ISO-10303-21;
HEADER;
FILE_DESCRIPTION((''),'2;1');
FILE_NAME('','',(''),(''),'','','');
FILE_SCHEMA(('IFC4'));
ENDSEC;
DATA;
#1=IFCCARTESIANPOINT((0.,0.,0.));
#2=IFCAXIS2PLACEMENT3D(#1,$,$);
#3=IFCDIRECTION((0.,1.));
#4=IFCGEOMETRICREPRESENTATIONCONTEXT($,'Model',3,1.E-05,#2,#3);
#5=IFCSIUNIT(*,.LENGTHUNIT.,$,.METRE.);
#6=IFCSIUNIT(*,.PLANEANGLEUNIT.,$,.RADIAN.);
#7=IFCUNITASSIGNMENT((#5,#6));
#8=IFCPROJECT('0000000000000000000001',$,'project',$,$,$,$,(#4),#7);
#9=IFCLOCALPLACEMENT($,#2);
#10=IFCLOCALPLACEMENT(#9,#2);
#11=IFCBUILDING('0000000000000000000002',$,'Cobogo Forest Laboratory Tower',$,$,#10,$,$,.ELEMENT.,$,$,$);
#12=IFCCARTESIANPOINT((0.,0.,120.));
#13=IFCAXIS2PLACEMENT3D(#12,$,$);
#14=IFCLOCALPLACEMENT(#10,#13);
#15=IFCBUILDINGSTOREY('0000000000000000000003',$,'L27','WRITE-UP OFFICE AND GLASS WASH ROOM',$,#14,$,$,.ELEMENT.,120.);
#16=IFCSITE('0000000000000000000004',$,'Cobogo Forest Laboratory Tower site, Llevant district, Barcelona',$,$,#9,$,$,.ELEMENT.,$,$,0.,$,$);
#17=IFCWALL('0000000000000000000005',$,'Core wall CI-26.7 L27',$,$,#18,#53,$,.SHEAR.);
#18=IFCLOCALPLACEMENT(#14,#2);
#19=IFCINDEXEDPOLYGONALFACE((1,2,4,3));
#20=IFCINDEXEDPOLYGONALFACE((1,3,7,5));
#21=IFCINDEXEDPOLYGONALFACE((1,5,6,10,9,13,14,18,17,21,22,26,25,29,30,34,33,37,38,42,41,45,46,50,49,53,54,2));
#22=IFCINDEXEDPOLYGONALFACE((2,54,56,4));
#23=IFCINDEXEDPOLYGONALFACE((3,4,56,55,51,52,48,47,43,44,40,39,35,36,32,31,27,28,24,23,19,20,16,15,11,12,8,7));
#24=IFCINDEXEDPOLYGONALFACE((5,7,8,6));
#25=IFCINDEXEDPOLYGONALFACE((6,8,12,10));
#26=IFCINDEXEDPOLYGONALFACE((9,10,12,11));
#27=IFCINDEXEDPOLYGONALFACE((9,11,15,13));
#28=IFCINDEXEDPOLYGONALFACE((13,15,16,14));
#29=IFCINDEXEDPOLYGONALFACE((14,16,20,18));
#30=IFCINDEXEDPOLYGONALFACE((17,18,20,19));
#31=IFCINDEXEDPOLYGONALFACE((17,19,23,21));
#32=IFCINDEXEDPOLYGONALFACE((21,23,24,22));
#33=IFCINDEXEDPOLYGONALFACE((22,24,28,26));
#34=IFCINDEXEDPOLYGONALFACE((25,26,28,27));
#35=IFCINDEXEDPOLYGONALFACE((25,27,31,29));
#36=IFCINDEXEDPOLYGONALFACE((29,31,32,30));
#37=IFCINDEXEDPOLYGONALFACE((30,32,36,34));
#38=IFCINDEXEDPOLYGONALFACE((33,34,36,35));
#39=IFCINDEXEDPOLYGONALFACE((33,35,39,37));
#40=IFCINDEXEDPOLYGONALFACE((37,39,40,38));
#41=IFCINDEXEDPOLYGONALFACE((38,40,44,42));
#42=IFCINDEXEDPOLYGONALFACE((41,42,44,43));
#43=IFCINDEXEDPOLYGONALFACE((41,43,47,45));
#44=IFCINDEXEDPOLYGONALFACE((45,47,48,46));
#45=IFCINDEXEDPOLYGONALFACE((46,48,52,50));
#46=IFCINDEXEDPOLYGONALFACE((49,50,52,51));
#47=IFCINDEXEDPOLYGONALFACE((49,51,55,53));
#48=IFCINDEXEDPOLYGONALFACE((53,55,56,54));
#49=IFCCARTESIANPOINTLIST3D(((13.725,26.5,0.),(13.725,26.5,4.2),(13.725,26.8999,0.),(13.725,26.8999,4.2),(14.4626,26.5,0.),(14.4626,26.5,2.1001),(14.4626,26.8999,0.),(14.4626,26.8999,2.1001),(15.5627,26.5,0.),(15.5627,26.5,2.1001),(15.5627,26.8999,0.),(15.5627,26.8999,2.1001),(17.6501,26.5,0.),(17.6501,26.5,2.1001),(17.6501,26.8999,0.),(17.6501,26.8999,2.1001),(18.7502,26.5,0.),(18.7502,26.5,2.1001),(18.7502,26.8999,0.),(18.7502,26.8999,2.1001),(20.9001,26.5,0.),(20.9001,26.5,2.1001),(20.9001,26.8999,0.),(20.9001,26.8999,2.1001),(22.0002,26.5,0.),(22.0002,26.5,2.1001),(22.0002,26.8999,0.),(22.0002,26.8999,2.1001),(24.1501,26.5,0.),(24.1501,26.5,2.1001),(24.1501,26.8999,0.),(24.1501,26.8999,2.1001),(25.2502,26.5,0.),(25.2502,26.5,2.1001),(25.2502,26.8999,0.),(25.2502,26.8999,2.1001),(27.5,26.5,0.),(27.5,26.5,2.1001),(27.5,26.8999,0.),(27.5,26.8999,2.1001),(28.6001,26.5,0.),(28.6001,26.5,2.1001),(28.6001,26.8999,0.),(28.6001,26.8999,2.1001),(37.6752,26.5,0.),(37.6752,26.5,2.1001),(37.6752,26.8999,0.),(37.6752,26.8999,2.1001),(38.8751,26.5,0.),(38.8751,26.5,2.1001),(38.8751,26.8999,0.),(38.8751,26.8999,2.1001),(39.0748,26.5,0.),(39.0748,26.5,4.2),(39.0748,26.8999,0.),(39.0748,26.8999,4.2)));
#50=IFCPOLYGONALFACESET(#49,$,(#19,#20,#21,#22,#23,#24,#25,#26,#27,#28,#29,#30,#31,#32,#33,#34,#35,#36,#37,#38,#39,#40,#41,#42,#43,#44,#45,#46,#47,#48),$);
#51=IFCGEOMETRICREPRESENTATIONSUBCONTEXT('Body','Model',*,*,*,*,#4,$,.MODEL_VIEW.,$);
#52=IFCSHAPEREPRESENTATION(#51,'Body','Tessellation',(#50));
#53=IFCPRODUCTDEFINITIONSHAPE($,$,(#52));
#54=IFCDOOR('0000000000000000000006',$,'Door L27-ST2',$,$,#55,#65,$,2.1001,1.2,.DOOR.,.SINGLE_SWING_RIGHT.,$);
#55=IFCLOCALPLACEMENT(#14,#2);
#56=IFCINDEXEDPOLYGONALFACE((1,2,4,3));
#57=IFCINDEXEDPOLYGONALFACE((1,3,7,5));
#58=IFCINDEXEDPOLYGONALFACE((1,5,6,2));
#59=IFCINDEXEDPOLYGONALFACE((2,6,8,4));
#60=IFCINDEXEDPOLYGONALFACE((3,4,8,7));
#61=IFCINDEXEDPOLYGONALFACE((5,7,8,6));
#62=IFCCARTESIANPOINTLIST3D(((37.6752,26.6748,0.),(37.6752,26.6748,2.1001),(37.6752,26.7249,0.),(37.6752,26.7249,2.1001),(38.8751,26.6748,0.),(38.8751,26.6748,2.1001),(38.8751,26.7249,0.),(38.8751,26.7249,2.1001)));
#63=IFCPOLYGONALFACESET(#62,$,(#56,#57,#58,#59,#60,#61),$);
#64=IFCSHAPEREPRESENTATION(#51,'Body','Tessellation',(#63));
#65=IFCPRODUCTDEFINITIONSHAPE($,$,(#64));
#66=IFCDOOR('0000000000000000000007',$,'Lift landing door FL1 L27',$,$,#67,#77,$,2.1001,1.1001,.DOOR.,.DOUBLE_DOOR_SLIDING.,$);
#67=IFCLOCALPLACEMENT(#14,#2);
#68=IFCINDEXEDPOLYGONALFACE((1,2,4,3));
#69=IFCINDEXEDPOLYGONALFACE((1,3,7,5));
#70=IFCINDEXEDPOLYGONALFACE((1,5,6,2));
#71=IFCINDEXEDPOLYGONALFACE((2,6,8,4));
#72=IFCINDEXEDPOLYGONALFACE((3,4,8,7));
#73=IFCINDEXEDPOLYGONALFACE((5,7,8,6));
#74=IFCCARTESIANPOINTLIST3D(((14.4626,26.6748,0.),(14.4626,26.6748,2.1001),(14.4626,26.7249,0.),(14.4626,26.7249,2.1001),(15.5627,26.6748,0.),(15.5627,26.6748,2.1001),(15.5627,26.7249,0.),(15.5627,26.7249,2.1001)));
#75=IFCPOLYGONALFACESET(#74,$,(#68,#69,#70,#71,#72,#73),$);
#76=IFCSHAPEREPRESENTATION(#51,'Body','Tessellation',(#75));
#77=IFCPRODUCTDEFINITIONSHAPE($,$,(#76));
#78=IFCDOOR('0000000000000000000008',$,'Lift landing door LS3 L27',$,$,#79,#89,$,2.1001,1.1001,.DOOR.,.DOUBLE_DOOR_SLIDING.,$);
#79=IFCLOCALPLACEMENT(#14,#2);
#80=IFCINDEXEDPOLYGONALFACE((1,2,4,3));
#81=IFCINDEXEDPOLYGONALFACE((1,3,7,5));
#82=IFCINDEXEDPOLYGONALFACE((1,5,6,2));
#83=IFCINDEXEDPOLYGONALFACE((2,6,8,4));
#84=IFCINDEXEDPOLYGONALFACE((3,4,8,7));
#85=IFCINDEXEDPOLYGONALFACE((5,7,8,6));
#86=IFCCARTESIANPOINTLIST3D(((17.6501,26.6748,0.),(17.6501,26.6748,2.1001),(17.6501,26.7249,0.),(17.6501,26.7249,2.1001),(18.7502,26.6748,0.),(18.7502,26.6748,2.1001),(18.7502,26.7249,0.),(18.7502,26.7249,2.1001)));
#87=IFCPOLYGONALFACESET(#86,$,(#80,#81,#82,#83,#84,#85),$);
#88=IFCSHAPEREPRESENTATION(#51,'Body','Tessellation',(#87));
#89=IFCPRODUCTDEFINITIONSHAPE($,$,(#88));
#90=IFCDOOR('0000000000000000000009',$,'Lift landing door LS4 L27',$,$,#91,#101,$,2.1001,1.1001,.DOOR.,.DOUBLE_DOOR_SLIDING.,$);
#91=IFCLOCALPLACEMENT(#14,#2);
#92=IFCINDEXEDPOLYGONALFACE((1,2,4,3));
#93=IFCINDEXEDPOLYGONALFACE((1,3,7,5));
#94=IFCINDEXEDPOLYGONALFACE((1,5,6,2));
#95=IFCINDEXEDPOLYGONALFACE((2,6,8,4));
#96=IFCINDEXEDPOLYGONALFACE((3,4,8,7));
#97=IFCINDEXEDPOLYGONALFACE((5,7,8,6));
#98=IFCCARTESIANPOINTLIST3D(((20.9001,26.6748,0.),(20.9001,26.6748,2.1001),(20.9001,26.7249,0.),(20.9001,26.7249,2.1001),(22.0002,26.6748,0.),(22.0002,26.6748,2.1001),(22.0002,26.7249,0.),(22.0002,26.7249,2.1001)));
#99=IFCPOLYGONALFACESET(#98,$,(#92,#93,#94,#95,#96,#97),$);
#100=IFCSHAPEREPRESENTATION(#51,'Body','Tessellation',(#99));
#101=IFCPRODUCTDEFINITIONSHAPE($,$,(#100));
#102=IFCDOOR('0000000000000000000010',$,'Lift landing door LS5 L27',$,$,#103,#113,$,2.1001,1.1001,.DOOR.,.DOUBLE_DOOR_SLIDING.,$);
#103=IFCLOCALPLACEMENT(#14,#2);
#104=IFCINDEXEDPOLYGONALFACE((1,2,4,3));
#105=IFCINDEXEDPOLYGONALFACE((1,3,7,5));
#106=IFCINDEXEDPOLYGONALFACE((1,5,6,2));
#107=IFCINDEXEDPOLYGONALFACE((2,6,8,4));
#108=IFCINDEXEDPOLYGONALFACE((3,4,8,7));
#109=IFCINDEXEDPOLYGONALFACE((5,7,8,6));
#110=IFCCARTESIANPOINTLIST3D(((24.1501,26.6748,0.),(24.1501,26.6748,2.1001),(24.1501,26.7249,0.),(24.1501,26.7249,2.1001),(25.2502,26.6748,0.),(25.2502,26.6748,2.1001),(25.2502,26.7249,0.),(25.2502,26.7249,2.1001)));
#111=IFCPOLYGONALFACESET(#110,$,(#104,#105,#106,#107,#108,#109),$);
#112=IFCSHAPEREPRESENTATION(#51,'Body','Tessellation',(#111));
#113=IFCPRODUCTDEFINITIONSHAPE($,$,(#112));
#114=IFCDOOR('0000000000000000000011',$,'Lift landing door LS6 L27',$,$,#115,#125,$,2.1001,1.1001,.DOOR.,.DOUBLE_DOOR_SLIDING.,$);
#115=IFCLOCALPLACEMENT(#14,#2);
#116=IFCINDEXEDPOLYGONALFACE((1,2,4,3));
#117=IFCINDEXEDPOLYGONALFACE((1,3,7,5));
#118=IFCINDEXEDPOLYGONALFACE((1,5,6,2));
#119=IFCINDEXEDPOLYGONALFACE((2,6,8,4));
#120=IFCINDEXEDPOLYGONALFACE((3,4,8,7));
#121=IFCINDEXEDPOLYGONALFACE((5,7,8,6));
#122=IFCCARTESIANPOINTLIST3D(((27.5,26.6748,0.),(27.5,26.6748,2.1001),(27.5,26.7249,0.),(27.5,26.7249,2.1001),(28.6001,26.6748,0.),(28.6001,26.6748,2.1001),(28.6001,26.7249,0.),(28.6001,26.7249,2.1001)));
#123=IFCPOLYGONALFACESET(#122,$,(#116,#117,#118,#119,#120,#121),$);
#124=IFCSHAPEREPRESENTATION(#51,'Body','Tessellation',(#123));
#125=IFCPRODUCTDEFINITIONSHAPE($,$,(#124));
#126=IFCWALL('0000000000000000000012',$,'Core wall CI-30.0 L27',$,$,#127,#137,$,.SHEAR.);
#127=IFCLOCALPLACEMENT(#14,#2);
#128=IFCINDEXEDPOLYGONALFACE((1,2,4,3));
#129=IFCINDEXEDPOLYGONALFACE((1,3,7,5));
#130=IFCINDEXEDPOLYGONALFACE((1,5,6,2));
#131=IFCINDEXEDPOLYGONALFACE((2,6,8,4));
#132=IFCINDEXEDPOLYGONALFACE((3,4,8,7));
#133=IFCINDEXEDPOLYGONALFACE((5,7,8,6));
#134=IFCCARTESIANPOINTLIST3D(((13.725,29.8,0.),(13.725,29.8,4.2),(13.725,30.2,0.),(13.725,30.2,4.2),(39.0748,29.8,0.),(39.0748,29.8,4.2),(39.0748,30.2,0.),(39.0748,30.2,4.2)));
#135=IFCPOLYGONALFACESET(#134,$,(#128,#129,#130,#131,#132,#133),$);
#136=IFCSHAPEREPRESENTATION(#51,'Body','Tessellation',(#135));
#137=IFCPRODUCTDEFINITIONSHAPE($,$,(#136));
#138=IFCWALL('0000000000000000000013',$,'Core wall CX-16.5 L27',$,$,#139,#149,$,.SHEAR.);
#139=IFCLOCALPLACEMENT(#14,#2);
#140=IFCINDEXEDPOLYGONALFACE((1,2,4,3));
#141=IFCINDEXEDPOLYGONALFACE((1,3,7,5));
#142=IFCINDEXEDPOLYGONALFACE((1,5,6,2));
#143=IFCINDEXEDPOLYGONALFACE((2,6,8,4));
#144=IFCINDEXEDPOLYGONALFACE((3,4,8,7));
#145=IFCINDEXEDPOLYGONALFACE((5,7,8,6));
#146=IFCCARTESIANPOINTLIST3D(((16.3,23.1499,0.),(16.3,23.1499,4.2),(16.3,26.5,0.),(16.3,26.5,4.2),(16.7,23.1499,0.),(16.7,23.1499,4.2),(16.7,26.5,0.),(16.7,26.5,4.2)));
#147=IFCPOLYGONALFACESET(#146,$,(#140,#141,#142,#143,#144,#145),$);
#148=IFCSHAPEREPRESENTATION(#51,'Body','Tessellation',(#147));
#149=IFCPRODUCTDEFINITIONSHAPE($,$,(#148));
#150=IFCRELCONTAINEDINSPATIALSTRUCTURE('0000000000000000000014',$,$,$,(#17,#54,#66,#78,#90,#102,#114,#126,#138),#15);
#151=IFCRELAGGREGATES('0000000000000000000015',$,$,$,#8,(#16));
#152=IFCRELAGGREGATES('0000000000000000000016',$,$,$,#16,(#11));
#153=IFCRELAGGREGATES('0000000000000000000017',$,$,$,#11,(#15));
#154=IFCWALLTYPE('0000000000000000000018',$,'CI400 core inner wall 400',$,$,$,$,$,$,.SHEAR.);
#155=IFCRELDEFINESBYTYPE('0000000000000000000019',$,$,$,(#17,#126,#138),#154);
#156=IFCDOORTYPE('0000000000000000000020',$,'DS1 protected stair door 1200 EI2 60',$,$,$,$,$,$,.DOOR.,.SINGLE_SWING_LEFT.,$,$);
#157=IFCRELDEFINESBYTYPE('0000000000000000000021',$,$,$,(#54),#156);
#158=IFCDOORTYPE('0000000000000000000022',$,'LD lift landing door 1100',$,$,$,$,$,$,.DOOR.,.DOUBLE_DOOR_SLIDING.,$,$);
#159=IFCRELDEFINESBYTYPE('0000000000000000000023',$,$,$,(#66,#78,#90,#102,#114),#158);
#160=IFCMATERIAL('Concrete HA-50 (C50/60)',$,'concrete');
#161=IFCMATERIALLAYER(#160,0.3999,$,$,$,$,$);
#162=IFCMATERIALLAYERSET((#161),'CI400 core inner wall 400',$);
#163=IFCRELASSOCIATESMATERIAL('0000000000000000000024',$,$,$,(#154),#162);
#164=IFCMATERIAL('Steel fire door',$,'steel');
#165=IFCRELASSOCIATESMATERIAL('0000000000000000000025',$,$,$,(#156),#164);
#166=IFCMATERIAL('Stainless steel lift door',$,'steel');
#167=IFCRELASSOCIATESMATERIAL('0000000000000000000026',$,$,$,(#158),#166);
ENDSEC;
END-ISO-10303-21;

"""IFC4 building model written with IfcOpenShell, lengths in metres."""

from ifc_helpers import new_model, si_unit, direction, frame, frame_2d, origin, place, context, subcontext, project, spatial, rectangle, extrude, material, layer, layer_set, type_object, element, fill, save


model = new_model("IFC4")

# Units and contexts
model_context = context("Model", 3, precision=1e-05, world=origin(), true_north=direction((0.0, 1.0)))
body_context = subcontext(model_context, "Body", "Model", "MODEL_VIEW")
ifc_project = project(units=[si_unit("LENGTHUNIT", "METRE"), si_unit("PLANEANGLEUNIT", "RADIAN")], contexts=[model_context])

# Site, building, storey
site_placement = place(None, origin())
site = spatial("IfcSite", under=ifc_project, at=site_placement, Name="Cobogo Forest Laboratory Tower site, Llevant district, Barcelona", CompositionType="ELEMENT", RefElevation=0.0)
building_placement = place(site_placement, origin())
building = spatial("IfcBuilding", under=site, at=building_placement, Name="Cobogo Forest Laboratory Tower", CompositionType="ELEMENT")
storey_placement = place(building_placement, frame((0.0, 0.0, 120.0)))
storey = spatial("IfcBuildingStorey", under=building, at=storey_placement, Name="L27", Description="WRITE-UP OFFICE AND GLASS WASH ROOM", CompositionType="ELEMENT", Elevation=120.0)

# Shared definitions
ifc_material_1 = material(Name="Concrete HA-50 (C50/60)", Category="concrete")

# Shared definitions
ifc_layer_1 = layer(ifc_material_1, 0.3999)
ifc_layer_set_1 = layer_set([ifc_layer_1], Name="CI400 core inner wall 400")
wall_type_1 = type_object("IfcWallType", Name="CI400 core inner wall 400", PredefinedType="SHEAR", material=ifc_layer_set_1)

# Wall, openings, doors
wall_1_placement = place(storey_placement, frame((13.7251, 26.7, 0.0), z_axis=(0.0, 0.0, 1.0), x_axis=(1.0, 0.0, 0.0)))
wall_1 = element("IfcWall", 1, at=wall_1_placement, inside=storey, type_object=wall_type_1, Name="Core wall CI-26.7 L27", PredefinedType="SHEAR", context=body_context, shape_type="SweptSolid", body=[
    extrude(rectangle(XDim=25.3499, YDim=0.3999, at=frame_2d((12.6748, 0.0))), origin(), (0.0, 0.0, 1.0), 4.2),
])
opening_1_placement = place(wall_1_placement, frame((23.95, 0.0, 0.0)))
opening_1 = element("IfcOpeningElement", 2, at=opening_1_placement, cuts=wall_1, PredefinedType="OPENING", context=body_context, shape_type="SweptSolid", body=[
    extrude(rectangle(XDim=1.2, YDim=2.1001, at=frame_2d((0.6001, 1.05))), frame((0.0, 0.21, 0.0), z_axis=(0.0, -1.0, 0.0), x_axis=(1.0, 0.0, 0.0)), (0.0, 0.0, 1.0), 0.4199),
])
opening_2_placement = place(wall_1_placement, frame((0.7375, 0.0, 0.0)))
opening_2 = element("IfcOpeningElement", 3, at=opening_2_placement, cuts=wall_1, PredefinedType="OPENING", context=body_context, shape_type="SweptSolid", body=[
    extrude(rectangle(XDim=1.1001, YDim=2.1001, at=frame_2d((0.55, 1.05))), frame((0.0, 0.21, 0.0), z_axis=(0.0, -1.0, 0.0), x_axis=(1.0, 0.0, 0.0)), (0.0, 0.0, 1.0), 0.4199),
])
opening_3_placement = place(wall_1_placement, frame((3.925, 0.0, 0.0)))
opening_3 = element("IfcOpeningElement", 4, at=opening_3_placement, cuts=wall_1, PredefinedType="OPENING", context=body_context, shape_type="SweptSolid", body=[
    extrude(rectangle(XDim=1.1001, YDim=2.1001, at=frame_2d((0.55, 1.05))), frame((0.0, 0.21, 0.0), z_axis=(0.0, -1.0, 0.0), x_axis=(1.0, 0.0, 0.0)), (0.0, 0.0, 1.0), 0.4199),
])
opening_4_placement = place(wall_1_placement, frame((7.175, 0.0, 0.0)))
opening_4 = element("IfcOpeningElement", 5, at=opening_4_placement, cuts=wall_1, PredefinedType="OPENING", context=body_context, shape_type="SweptSolid", body=[
    extrude(rectangle(XDim=1.1001, YDim=2.1001, at=frame_2d((0.55, 1.05))), frame((0.0, 0.21, 0.0), z_axis=(0.0, -1.0, 0.0), x_axis=(1.0, 0.0, 0.0)), (0.0, 0.0, 1.0), 0.4199),
])
opening_5_placement = place(wall_1_placement, frame((10.425, 0.0, 0.0)))
opening_5 = element("IfcOpeningElement", 6, at=opening_5_placement, cuts=wall_1, PredefinedType="OPENING", context=body_context, shape_type="SweptSolid", body=[
    extrude(rectangle(XDim=1.1001, YDim=2.1001, at=frame_2d((0.55, 1.05))), frame((0.0, 0.21, 0.0), z_axis=(0.0, -1.0, 0.0), x_axis=(1.0, 0.0, 0.0)), (0.0, 0.0, 1.0), 0.4199),
])
opening_6_placement = place(wall_1_placement, frame((13.7749, 0.0, 0.0)))
opening_6 = element("IfcOpeningElement", 7, at=opening_6_placement, cuts=wall_1, PredefinedType="OPENING", context=body_context, shape_type="SweptSolid", body=[
    extrude(rectangle(XDim=1.1001, YDim=2.1001, at=frame_2d((0.55, 1.05))), frame((0.0, 0.21, 0.0), z_axis=(0.0, -1.0, 0.0), x_axis=(1.0, 0.0, 0.0)), (0.0, 0.0, 1.0), 0.4199),
])
ifc_material_2 = material(Name="Steel fire door", Category="steel")
door_type_1 = type_object("IfcDoorType", Name="DS1 protected stair door 1200 EI2 60", OperationType="SINGLE_SWING_LEFT", PredefinedType="DOOR", material=ifc_material_2)
door_1_placement = place(opening_1_placement, origin())
door_1 = element("IfcDoor", 8, at=door_1_placement, inside=storey, type_object=door_type_1, Name="Door L27-ST2", OperationType="SINGLE_SWING_RIGHT", OverallHeight=2.1001, OverallWidth=1.2, PredefinedType="DOOR", context=body_context, shape_type="SweptSolid", body=[
    extrude(rectangle(XDim=1.2, YDim=2.1001, at=frame_2d((0.6001, 1.05))), frame((0.0, 0.0249, 0.0), z_axis=(0.0, -1.0, 0.0), x_axis=(1.0, 0.0, 0.0)), (0.0, 0.0, 1.0), 0.05),
])
fill(opening_1, door_1)
ifc_material_3 = material(Name="Stainless steel lift door", Category="steel")
door_type_2 = type_object("IfcDoorType", Name="LD lift landing door 1100", OperationType="DOUBLE_DOOR_SLIDING", PredefinedType="DOOR", material=ifc_material_3)
door_2_placement = place(opening_2_placement, origin())
door_2 = element("IfcDoor", 9, at=door_2_placement, inside=storey, type_object=door_type_2, Name="Lift landing door FL1 L27", OperationType="DOUBLE_DOOR_SLIDING", OverallHeight=2.1001, OverallWidth=1.1001, PredefinedType="DOOR", context=body_context, shape_type="SweptSolid", body=[
    extrude(rectangle(XDim=1.1001, YDim=2.1001, at=frame_2d((0.55, 1.05))), frame((0.0, 0.0249, 0.0), z_axis=(0.0, -1.0, 0.0), x_axis=(1.0, 0.0, 0.0)), (0.0, 0.0, 1.0), 0.05),
])
fill(opening_2, door_2)
door_3_placement = place(opening_3_placement, origin())
door_3 = element("IfcDoor", 10, at=door_3_placement, inside=storey, type_object=door_type_2, Name="Lift landing door LS3 L27", OperationType="DOUBLE_DOOR_SLIDING", OverallHeight=2.1001, OverallWidth=1.1001, PredefinedType="DOOR", context=body_context, shape_type="SweptSolid", body=[
    extrude(rectangle(XDim=1.1001, YDim=2.1001, at=frame_2d((0.55, 1.05))), frame((0.0, 0.0249, 0.0), z_axis=(0.0, -1.0, 0.0), x_axis=(1.0, 0.0, 0.0)), (0.0, 0.0, 1.0), 0.05),
])
fill(opening_3, door_3)
door_4_placement = place(opening_4_placement, origin())
door_4 = element("IfcDoor", 11, at=door_4_placement, inside=storey, type_object=door_type_2, Name="Lift landing door LS4 L27", OperationType="DOUBLE_DOOR_SLIDING", OverallHeight=2.1001, OverallWidth=1.1001, PredefinedType="DOOR", context=body_context, shape_type="SweptSolid", body=[
    extrude(rectangle(XDim=1.1001, YDim=2.1001, at=frame_2d((0.55, 1.05))), frame((0.0, 0.0249, 0.0), z_axis=(0.0, -1.0, 0.0), x_axis=(1.0, 0.0, 0.0)), (0.0, 0.0, 1.0), 0.05),
])
fill(opening_4, door_4)
door_5_placement = place(opening_5_placement, origin())
door_5 = element("IfcDoor", 12, at=door_5_placement, inside=storey, type_object=door_type_2, Name="Lift landing door LS5 L27", OperationType="DOUBLE_DOOR_SLIDING", OverallHeight=2.1001, OverallWidth=1.1001, PredefinedType="DOOR", context=body_context, shape_type="SweptSolid", body=[
    extrude(rectangle(XDim=1.1001, YDim=2.1001, at=frame_2d((0.55, 1.05))), frame((0.0, 0.0249, 0.0), z_axis=(0.0, -1.0, 0.0), x_axis=(1.0, 0.0, 0.0)), (0.0, 0.0, 1.0), 0.05),
])
fill(opening_5, door_5)
door_6_placement = place(opening_6_placement, origin())
door_6 = element("IfcDoor", 13, at=door_6_placement, inside=storey, type_object=door_type_2, Name="Lift landing door LS6 L27", OperationType="DOUBLE_DOOR_SLIDING", OverallHeight=2.1001, OverallWidth=1.1001, PredefinedType="DOOR", context=body_context, shape_type="SweptSolid", body=[
    extrude(rectangle(XDim=1.1001, YDim=2.1001, at=frame_2d((0.55, 1.05))), frame((0.0, 0.0249, 0.0), z_axis=(0.0, -1.0, 0.0), x_axis=(1.0, 0.0, 0.0)), (0.0, 0.0, 1.0), 0.05),
])
fill(opening_6, door_6)

# Walls
wall_2_placement = place(storey_placement, frame((13.7251, 30.0, 0.0), z_axis=(0.0, 0.0, 1.0), x_axis=(1.0, 0.0, 0.0)))
element("IfcWall", 14, at=wall_2_placement, inside=storey, type_object=wall_type_1, Name="Core wall CI-30.0 L27", PredefinedType="SHEAR", context=body_context, shape_type="SweptSolid", body=[
    extrude(rectangle(XDim=25.3499, YDim=0.3999, at=frame_2d((12.6748, 0.0))), origin(), (0.0, 0.0, 1.0), 4.2),
])
wall_3_placement = place(storey_placement, frame((16.5, 23.1499, 0.0), z_axis=(0.0, 0.0, 1.0), x_axis=(0.0, 1.0, 0.0)))
element("IfcWall", 15, at=wall_3_placement, inside=storey, type_object=wall_type_1, Name="Core wall CX-16.5 L27", PredefinedType="SHEAR", context=body_context, shape_type="SweptSolid", body=[
    extrude(rectangle(XDim=3.3501, YDim=0.3999, at=frame_2d((1.675, 0.0))), origin(), (0.0, 0.0, 1.0), 4.2),
])

save(model, "model.ifc")
